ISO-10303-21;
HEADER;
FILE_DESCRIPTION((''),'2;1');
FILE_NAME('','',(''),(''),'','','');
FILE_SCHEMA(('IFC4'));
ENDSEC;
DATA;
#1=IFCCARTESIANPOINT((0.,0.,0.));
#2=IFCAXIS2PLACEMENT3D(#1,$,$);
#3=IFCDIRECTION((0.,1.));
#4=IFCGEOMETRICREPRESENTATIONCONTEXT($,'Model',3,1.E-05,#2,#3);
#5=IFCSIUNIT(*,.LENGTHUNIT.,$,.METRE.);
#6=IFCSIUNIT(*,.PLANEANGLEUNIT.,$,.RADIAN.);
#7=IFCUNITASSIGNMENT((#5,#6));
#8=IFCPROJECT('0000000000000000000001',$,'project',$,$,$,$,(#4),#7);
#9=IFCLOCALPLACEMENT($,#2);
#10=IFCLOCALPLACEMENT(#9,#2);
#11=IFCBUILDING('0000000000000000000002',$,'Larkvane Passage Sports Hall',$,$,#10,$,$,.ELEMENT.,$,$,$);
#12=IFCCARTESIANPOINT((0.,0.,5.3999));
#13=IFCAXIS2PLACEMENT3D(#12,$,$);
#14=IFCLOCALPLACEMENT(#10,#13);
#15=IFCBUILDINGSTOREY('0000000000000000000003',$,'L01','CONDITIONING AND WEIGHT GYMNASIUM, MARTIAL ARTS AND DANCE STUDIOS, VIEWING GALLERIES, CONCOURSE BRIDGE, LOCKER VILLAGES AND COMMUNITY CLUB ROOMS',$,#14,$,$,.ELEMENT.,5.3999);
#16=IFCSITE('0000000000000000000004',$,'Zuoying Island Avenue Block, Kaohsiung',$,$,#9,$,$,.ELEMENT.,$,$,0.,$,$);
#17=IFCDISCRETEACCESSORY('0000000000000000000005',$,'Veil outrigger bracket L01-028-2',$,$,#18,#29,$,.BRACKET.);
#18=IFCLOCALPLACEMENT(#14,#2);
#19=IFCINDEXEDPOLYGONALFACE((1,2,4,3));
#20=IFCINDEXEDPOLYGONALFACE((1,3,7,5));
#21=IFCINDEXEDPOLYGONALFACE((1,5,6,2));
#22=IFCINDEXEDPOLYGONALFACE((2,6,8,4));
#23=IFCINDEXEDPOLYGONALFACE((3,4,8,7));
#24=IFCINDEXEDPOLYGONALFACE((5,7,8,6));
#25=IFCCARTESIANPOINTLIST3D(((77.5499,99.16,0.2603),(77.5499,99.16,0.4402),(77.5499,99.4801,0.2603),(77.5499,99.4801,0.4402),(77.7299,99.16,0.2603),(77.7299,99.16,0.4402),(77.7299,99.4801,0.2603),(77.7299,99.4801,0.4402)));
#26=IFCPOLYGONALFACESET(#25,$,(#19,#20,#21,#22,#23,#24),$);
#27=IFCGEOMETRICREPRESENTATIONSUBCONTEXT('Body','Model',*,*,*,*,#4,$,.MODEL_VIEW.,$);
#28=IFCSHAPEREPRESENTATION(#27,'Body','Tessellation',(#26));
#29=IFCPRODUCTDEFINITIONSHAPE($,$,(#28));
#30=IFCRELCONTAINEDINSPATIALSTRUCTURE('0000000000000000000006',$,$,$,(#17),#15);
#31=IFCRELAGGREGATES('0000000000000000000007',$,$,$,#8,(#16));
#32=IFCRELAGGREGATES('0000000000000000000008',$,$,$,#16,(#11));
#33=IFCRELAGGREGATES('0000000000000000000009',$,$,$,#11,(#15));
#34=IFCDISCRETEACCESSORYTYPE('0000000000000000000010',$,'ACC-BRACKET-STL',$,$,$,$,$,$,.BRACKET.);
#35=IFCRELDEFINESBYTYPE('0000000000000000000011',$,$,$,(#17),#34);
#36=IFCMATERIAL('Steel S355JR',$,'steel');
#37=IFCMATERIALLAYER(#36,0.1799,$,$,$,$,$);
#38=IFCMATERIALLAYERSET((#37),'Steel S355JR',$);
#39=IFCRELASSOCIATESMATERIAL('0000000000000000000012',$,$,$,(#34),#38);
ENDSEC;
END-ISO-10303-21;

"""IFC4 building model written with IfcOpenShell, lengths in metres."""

from ifc_helpers import new_model, si_unit, direction, frame, origin, origin_2d, place, context, subcontext, project, spatial, rectangle, extrude, material, layer, layer_set, type_object, element, save


model = new_model("IFC4")

# Units and contexts
model_context = context("Model", 3, precision=1e-05, world=origin(), true_north=direction((0.0, 1.0)))
body_context = subcontext(model_context, "Body", "Model", "MODEL_VIEW")
ifc_project = project(units=[si_unit("LENGTHUNIT", "METRE"), si_unit("PLANEANGLEUNIT", "RADIAN")], contexts=[model_context])

# Site, building, storey
site_placement = place(None, origin())
site = spatial("IfcSite", under=ifc_project, at=site_placement, Name="Zuoying Island Avenue Block, Kaohsiung", CompositionType="ELEMENT", RefElevation=0.0)
building_placement = place(site_placement, origin())
building = spatial("IfcBuilding", under=site, at=building_placement, Name="Larkvane Passage Sports Hall", CompositionType="ELEMENT")
storey_placement = place(building_placement, frame((0.0, 0.0, 5.3999)))
storey = spatial("IfcBuildingStorey", under=building, at=storey_placement, Name="L01", Description="CONDITIONING AND WEIGHT GYMNASIUM, MARTIAL ARTS AND DANCE STUDIOS, VIEWING GALLERIES, CONCOURSE BRIDGE, LOCKER VILLAGES AND COMMUNITY CLUB ROOMS", CompositionType="ELEMENT", Elevation=5.3999)

# Shared definitions
ifc_material_1 = material(Name="Steel S355JR", Category="steel")

# Discrete accessory
ifc_layer_1 = layer(ifc_material_1, 0.1799)
ifc_layer_set_1 = layer_set([ifc_layer_1], Name="Steel S355JR")
discrete_accessory_type = type_object("IfcDiscreteAccessoryType", Name="ACC-BRACKET-STL", PredefinedType="BRACKET", material=ifc_layer_set_1)
discrete_accessory_placement = place(storey_placement, frame((77.6399, 99.3201, 0.2603), z_axis=(0.0, 0.0, 1.0), x_axis=(1.0, 0.0, 0.0)))
element("IfcDiscreteAccessory", 1, at=discrete_accessory_placement, inside=storey, type_object=discrete_accessory_type, Name="Veil outrigger bracket L01-028-2", PredefinedType="BRACKET", context=body_context, shape_type="SweptSolid", body=[
    extrude(rectangle(XDim=0.1799, YDim=0.3201, at=origin_2d()), origin(), (0.0, 0.0, 1.0), 0.1799),
])

save(model, "model.ifc")
